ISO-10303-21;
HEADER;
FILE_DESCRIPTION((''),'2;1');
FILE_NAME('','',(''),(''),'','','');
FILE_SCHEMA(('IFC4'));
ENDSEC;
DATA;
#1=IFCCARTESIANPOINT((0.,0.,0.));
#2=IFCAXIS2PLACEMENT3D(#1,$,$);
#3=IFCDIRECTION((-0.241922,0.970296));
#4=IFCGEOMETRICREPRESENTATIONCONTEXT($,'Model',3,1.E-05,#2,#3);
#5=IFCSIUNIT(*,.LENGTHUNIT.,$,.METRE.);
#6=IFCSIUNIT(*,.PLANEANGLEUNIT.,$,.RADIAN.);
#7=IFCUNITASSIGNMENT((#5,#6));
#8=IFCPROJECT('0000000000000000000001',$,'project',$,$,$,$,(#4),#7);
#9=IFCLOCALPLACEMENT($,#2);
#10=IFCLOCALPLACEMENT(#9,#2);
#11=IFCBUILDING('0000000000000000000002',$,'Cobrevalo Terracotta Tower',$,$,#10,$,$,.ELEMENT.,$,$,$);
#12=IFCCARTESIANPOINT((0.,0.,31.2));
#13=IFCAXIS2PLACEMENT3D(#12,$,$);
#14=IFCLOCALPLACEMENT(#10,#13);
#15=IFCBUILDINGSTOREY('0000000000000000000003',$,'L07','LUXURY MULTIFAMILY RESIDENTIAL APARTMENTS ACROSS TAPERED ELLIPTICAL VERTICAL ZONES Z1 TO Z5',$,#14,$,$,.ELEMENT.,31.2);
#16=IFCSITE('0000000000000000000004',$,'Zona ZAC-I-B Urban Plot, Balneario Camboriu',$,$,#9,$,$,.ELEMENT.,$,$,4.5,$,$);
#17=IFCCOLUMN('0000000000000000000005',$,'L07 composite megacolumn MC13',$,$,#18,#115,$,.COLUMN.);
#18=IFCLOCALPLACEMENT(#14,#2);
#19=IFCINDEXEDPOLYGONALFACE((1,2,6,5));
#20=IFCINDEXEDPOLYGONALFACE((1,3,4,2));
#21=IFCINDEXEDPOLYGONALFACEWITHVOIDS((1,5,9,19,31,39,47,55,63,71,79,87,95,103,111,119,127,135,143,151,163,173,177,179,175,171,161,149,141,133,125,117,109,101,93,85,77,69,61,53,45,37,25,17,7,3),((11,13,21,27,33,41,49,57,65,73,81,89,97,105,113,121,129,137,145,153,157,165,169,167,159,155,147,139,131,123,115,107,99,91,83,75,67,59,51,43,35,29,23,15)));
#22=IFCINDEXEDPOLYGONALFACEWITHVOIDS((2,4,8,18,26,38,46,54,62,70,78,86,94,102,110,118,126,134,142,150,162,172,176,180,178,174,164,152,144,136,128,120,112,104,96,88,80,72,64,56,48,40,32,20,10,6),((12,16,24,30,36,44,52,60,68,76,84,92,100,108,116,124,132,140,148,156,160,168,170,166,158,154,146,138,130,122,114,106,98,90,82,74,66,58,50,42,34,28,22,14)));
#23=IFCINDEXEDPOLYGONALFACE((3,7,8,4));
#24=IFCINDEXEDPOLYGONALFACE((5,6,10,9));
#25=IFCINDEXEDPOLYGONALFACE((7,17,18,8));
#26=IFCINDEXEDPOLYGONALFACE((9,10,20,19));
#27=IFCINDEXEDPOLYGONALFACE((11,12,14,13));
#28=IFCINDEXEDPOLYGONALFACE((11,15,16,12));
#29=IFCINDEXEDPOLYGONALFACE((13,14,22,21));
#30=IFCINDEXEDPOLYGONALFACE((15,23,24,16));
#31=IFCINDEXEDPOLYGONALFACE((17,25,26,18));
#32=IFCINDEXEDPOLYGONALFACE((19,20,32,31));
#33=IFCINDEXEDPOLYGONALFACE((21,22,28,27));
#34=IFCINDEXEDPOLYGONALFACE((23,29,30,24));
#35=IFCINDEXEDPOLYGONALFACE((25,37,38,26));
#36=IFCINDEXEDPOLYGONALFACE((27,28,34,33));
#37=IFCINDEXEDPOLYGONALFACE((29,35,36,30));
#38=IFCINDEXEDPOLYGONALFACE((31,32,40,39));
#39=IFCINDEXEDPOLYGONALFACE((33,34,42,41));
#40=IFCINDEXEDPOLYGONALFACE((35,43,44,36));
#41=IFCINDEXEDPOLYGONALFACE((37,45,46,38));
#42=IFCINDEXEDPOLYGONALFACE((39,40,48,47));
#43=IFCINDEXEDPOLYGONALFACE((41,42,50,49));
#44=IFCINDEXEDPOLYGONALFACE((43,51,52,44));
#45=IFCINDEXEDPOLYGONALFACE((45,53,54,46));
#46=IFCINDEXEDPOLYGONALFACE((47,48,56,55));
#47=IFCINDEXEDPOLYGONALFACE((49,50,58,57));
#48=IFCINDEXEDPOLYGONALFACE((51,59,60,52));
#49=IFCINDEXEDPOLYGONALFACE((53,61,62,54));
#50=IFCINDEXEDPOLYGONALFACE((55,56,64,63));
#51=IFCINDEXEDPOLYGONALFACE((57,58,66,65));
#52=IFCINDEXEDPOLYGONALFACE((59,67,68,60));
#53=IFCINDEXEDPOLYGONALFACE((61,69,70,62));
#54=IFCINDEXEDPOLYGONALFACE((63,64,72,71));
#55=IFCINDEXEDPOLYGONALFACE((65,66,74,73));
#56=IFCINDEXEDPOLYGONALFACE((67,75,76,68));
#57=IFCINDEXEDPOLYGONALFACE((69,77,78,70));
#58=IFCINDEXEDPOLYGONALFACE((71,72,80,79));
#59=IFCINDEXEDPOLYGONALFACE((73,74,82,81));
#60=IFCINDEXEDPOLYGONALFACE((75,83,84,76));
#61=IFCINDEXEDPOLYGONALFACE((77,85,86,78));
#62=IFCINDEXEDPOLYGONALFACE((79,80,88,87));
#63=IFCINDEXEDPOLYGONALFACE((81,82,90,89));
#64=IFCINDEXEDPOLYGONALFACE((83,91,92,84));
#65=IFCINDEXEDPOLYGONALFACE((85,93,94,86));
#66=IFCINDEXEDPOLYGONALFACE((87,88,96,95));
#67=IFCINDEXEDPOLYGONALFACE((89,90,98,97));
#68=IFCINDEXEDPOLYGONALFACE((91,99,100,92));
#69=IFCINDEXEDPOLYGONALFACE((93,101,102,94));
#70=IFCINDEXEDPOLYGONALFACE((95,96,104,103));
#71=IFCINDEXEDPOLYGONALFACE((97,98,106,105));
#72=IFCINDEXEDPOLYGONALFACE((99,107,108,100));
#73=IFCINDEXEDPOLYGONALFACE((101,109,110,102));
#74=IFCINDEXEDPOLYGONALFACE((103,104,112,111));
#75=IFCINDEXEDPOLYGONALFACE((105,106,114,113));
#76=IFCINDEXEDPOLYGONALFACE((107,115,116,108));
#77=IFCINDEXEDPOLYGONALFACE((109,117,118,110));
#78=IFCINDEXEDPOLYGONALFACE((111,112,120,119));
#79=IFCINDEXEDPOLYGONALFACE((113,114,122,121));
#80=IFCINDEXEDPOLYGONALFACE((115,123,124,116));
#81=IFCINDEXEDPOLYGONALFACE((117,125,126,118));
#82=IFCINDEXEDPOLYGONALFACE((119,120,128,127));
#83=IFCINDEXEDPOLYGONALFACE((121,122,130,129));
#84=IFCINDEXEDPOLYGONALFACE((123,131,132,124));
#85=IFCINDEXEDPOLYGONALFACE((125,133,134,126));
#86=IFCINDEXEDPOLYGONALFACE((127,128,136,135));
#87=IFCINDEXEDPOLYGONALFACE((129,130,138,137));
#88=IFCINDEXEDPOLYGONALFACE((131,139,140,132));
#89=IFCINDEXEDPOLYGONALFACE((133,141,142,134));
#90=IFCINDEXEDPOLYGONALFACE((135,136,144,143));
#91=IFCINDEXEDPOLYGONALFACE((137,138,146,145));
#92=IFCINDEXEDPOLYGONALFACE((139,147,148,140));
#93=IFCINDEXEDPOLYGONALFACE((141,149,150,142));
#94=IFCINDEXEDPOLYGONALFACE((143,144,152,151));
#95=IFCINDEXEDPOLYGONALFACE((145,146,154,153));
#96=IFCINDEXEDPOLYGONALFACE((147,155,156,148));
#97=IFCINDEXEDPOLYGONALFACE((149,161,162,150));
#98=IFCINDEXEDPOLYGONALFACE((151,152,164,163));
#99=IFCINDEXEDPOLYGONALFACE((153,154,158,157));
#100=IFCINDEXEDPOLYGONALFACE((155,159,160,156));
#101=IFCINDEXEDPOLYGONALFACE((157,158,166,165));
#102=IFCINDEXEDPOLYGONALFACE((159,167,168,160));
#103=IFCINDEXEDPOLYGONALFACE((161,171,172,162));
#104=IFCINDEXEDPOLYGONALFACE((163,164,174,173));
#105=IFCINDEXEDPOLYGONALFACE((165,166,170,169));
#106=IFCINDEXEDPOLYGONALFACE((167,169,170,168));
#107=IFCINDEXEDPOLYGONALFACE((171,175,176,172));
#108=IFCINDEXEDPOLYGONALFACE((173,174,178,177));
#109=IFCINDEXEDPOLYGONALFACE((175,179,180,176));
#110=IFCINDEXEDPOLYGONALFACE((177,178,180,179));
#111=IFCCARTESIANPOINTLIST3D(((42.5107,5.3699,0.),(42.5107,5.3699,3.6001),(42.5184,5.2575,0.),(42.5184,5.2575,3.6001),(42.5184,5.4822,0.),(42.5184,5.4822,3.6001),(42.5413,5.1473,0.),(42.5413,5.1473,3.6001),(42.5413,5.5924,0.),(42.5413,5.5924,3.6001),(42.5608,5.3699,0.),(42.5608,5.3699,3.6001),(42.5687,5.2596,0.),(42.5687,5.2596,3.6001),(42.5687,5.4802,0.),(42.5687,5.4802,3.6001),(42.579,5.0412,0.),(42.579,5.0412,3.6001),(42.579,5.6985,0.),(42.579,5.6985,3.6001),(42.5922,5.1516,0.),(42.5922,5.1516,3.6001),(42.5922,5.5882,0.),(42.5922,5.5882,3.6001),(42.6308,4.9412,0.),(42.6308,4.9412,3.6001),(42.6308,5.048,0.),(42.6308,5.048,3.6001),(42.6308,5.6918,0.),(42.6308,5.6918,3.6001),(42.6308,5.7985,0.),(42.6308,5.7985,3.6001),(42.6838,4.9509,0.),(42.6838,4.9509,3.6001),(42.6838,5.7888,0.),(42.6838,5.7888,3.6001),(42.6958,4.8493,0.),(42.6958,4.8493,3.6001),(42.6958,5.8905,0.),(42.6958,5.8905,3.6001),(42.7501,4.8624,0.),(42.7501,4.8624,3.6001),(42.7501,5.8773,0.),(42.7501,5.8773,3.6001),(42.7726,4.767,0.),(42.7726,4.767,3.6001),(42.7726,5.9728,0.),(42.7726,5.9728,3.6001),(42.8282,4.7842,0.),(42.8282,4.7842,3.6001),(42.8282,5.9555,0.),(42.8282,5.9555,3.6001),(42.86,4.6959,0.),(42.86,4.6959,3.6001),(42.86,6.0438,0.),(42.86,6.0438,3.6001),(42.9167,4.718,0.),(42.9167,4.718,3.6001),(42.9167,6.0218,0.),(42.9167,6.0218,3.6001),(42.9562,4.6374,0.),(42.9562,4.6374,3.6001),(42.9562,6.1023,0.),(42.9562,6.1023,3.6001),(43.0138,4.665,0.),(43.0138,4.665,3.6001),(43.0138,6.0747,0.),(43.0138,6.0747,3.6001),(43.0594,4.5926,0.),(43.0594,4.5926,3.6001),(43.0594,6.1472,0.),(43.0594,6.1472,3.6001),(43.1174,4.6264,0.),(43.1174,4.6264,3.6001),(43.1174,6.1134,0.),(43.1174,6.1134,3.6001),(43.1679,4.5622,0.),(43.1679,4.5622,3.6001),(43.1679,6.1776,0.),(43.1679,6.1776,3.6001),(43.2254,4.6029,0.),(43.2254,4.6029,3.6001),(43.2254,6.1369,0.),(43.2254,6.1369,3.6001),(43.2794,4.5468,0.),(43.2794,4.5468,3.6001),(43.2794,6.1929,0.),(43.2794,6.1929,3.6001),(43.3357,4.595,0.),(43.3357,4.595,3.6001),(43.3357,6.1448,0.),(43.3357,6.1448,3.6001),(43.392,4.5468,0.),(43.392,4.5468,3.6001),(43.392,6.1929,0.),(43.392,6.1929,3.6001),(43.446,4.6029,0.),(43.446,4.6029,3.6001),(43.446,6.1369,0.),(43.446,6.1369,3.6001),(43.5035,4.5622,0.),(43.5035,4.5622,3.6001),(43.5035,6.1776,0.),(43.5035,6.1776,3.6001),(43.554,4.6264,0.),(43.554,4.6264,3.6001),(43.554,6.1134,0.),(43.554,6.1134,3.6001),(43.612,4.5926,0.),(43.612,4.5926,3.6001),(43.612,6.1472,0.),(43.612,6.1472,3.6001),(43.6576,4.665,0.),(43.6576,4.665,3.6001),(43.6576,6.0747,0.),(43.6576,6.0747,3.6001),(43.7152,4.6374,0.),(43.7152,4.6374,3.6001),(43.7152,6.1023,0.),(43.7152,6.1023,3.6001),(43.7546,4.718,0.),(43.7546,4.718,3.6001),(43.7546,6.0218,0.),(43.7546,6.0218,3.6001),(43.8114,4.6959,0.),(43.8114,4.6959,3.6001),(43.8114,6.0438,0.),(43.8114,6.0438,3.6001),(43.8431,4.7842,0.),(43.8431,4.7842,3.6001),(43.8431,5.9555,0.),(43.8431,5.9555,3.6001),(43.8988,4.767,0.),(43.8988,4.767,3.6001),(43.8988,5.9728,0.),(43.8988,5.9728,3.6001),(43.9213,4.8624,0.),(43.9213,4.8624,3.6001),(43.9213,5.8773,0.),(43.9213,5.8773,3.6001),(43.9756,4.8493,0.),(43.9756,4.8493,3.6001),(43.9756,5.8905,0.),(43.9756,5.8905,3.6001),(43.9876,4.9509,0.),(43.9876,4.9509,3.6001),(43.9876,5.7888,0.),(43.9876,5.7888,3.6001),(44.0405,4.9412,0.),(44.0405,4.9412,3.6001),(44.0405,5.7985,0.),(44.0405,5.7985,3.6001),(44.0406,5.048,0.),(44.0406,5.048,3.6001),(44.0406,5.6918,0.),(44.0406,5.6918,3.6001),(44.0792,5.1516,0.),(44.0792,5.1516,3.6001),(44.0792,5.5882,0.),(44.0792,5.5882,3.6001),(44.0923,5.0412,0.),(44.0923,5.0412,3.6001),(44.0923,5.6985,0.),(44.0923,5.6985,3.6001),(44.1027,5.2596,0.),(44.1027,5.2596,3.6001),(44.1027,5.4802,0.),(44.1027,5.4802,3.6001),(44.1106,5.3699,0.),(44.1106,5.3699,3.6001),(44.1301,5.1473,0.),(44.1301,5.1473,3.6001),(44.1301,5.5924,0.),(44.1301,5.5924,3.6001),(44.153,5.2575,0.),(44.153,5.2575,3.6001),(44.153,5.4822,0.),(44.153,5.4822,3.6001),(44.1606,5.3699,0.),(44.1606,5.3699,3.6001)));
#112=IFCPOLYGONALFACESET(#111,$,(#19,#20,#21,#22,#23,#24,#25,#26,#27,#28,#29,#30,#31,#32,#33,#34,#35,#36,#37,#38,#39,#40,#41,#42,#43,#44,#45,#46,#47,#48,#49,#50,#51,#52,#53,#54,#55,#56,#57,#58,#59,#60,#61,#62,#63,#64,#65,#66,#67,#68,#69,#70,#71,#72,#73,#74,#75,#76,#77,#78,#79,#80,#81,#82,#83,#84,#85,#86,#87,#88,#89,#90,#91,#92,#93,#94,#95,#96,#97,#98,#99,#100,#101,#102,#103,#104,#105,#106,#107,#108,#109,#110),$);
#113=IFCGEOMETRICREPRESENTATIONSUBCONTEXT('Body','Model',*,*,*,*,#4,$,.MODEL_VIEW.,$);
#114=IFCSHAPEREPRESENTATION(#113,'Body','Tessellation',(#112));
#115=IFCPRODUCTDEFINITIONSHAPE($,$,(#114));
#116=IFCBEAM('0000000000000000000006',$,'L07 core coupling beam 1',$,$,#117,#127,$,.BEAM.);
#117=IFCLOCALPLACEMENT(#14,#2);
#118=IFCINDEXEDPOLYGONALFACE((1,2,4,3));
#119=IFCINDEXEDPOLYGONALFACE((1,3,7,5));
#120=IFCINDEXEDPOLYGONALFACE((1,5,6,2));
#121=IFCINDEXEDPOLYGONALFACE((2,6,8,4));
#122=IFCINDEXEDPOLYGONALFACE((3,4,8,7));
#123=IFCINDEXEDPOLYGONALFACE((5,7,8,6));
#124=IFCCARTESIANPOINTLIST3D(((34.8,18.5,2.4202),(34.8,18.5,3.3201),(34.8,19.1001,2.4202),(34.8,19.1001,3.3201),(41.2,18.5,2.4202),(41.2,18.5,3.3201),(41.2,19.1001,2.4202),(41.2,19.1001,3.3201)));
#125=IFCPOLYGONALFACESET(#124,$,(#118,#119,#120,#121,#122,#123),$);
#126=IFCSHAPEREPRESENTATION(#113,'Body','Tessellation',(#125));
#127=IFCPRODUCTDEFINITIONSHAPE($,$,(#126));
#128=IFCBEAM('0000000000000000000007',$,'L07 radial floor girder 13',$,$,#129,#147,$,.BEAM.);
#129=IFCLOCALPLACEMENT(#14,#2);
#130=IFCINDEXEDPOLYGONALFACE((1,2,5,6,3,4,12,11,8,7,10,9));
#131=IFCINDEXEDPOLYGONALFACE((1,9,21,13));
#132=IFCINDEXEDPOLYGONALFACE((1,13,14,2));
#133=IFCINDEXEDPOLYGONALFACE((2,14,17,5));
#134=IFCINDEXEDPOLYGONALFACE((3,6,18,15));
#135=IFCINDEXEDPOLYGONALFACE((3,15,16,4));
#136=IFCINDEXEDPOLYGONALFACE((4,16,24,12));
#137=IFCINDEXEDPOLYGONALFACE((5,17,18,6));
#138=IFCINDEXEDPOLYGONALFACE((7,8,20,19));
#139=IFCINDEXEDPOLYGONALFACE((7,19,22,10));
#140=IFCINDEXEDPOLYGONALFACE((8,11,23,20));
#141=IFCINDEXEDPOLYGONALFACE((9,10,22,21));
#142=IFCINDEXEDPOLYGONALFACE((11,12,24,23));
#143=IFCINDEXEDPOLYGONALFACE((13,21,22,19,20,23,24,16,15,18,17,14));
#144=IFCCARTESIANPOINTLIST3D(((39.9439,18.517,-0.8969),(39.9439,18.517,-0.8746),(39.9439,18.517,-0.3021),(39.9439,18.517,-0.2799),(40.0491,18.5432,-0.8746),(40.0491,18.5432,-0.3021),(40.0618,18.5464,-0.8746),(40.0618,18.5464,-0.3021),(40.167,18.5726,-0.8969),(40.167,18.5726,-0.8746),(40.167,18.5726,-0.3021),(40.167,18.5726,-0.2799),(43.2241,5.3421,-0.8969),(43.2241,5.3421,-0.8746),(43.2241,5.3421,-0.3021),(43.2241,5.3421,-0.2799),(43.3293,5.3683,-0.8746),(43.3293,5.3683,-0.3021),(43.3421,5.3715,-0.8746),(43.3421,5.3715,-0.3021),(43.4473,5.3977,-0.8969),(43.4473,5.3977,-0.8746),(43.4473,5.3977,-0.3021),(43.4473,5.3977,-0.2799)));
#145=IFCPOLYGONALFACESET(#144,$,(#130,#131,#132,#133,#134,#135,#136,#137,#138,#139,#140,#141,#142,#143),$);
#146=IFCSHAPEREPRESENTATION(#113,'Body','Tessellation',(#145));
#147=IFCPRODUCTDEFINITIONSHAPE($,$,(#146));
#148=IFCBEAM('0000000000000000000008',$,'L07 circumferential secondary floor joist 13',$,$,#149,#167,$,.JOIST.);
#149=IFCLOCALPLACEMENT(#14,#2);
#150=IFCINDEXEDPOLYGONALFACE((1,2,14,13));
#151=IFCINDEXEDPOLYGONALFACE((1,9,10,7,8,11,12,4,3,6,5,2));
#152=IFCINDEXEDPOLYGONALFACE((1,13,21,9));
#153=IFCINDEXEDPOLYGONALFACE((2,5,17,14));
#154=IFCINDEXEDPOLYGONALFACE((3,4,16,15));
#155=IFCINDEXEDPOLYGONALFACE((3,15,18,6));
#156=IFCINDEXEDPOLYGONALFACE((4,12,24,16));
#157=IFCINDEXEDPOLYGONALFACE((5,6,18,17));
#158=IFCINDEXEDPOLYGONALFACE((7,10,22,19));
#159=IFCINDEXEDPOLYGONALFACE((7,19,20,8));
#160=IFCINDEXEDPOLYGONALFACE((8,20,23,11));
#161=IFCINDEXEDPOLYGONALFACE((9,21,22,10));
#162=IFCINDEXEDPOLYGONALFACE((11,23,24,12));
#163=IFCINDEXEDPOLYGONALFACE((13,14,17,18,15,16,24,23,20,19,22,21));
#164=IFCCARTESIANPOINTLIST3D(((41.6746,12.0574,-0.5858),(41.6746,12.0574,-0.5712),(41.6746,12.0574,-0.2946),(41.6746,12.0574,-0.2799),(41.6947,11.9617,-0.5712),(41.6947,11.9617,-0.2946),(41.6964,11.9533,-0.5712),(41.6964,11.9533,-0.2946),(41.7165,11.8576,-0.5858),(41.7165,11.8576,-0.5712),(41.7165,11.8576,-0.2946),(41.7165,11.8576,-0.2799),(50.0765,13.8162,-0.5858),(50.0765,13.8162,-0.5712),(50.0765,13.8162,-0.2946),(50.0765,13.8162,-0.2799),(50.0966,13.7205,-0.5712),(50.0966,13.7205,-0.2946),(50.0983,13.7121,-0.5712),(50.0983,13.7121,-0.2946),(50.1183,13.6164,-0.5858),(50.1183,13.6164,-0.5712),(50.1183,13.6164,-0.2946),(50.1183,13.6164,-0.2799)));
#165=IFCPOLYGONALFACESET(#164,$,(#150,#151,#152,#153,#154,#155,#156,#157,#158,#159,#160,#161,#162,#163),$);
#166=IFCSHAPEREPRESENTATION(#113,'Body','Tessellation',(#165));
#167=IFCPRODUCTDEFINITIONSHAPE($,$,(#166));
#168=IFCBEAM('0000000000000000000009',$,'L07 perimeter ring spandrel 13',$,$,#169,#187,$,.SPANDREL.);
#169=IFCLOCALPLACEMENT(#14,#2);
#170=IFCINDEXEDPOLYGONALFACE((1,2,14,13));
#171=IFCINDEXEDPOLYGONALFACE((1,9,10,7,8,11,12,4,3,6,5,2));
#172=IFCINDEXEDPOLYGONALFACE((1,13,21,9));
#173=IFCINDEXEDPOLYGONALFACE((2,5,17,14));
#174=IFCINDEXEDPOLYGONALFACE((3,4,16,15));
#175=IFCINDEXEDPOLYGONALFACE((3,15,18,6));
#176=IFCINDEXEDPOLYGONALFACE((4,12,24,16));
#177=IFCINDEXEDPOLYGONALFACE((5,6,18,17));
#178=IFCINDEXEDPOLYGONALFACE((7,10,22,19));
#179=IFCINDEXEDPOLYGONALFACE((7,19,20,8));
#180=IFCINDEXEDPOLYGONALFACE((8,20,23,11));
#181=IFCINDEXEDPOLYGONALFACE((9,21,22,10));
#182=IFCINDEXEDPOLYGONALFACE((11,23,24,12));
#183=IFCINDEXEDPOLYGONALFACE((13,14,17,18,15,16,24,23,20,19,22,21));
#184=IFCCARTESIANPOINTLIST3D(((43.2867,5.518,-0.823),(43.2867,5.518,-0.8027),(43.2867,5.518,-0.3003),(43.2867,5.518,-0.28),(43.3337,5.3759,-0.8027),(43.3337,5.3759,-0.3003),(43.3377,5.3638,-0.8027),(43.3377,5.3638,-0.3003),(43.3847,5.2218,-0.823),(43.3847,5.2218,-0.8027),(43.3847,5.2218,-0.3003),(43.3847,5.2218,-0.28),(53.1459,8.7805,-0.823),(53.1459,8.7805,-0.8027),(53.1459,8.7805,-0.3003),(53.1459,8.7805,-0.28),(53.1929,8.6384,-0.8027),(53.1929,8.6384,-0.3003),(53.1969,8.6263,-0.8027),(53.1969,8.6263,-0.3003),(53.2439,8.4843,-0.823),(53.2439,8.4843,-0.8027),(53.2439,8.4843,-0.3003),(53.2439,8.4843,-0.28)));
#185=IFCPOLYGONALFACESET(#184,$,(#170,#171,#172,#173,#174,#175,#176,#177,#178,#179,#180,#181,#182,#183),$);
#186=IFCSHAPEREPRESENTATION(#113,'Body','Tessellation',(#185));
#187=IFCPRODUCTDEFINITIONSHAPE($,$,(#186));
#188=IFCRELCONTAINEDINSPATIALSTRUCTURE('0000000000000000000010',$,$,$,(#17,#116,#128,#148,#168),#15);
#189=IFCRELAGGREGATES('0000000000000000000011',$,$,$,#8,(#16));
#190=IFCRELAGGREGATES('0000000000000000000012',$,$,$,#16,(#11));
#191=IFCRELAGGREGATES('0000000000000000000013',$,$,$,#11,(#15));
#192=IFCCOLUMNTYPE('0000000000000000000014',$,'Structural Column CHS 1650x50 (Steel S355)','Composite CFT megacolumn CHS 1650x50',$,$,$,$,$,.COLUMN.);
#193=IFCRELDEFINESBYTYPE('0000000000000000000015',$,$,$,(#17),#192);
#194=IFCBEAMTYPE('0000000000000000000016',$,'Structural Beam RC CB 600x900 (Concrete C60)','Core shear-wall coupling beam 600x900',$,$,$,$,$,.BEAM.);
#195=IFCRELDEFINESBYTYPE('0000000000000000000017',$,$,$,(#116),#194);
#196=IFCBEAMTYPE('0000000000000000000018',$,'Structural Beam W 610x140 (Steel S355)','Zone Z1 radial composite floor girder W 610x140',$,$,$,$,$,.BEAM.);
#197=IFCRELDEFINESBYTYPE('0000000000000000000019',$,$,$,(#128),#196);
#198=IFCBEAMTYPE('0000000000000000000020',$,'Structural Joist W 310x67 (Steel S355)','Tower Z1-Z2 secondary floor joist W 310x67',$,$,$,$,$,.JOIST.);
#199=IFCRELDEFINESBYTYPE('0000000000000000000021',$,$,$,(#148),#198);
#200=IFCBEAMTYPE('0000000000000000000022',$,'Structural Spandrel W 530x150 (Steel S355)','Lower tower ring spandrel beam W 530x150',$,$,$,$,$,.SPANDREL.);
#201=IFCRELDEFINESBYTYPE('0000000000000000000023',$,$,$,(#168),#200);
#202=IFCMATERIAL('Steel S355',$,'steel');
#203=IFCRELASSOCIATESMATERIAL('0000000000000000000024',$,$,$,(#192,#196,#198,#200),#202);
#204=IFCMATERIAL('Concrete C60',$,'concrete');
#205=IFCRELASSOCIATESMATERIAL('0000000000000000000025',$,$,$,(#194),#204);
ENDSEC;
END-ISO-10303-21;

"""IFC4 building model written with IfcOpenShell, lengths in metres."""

from ifc_helpers import new_model, si_unit, direction, frame, origin, origin_2d, place, context, subcontext, project, spatial, rectangle, hollow_circle, i_section, extrude, material, material_profile, profile_set, type_object, element, save


model = new_model("IFC4")

# Units and contexts
model_context = context("Model", 3, precision=1e-05, world=origin(), true_north=direction((-0.241922, 0.970296)))
body_context = subcontext(model_context, "Body", "Model", "MODEL_VIEW")
ifc_project = project(units=[si_unit("LENGTHUNIT", "METRE"), si_unit("PLANEANGLEUNIT", "RADIAN")], contexts=[model_context])

# Site, building, storey
site_placement = place(None, origin())
site = spatial("IfcSite", under=ifc_project, at=site_placement, Name="Zona ZAC-I-B Urban Plot, Balneario Camboriu", CompositionType="ELEMENT", RefElevation=4.5)
building_placement = place(site_placement, origin())
building = spatial("IfcBuilding", under=site, at=building_placement, Name="Cobrevalo Terracotta Tower", CompositionType="ELEMENT")
storey_placement = place(building_placement, frame((0.0, 0.0, 31.2)))
storey = spatial("IfcBuildingStorey", under=building, at=storey_placement, Name="L07", Description="LUXURY MULTIFAMILY RESIDENTIAL APARTMENTS ACROSS TAPERED ELLIPTICAL VERTICAL ZONES Z1 TO Z5", CompositionType="ELEMENT", Elevation=31.2)

# Column
ifc_material_1 = material(Name="Steel S355", Category="steel")
ifc_material_profile_1 = material_profile(ifc_material_1, hollow_circle(Radius=0.825, WallThickness=0.05, at=origin_2d()), Name="CHS 1650x50")
ifc_profile_set_1 = profile_set([ifc_material_profile_1], Name="Steel S355")
column_type = type_object("IfcColumnType", Name="Structural Column CHS 1650x50 (Steel S355)", Description="Composite CFT megacolumn CHS 1650x50", PredefinedType="COLUMN", material=ifc_profile_set_1)
column_placement = place(storey_placement, frame((43.3357, 5.3699, 0.0), z_axis=(0.0, 0.0, 1.0), x_axis=(1.0, 0.0, 0.0)))
element("IfcColumn", 1, at=column_placement, inside=storey, type_object=column_type, Name="L07 composite megacolumn MC13", PredefinedType="COLUMN", context=body_context, shape_type="SweptSolid", body=[
    extrude(hollow_circle(Radius=0.825, WallThickness=0.05, at=origin_2d()), origin(), (0.0, 0.0, 1.0), 3.6001),
])

# Beams
ifc_material_2 = material(Name="Concrete C60", Category="concrete")
ifc_material_profile_2 = material_profile(ifc_material_2, rectangle(XDim=0.6001, YDim=0.8999, at=origin_2d()), Name="RC CB 600x900")
ifc_profile_set_2 = profile_set([ifc_material_profile_2], Name="Concrete C60")
beam_type_1 = type_object("IfcBeamType", Name="Structural Beam RC CB 600x900 (Concrete C60)", Description="Core shear-wall coupling beam 600x900", PredefinedType="BEAM", material=ifc_profile_set_2)
beam_1_placement = place(storey_placement, frame((34.8, 18.8, 2.8701), z_axis=(1.0, 0.0, 0.0), x_axis=(0.0, 1.0, 0.0)))
element("IfcBeam", 2, at=beam_1_placement, inside=storey, type_object=beam_type_1, Name="L07 core coupling beam 1", PredefinedType="BEAM", context=body_context, shape_type="SweptSolid", body=[
    extrude(rectangle(XDim=0.6001, YDim=0.8999, at=origin_2d()), origin(), (0.0, 0.0, 1.0), 6.3999),
])
ifc_material_profile_3 = material_profile(ifc_material_1, i_section(OverallWidth=0.23, OverallDepth=0.6169, WebThickness=0.0132, FlangeThickness=0.0222, at=origin_2d()), Name="W 610x140")
ifc_profile_set_3 = profile_set([ifc_material_profile_3], Name="Steel S355")
beam_type_2 = type_object("IfcBeamType", Name="Structural Beam W 610x140 (Steel S355)", Description="Zone Z1 radial composite floor girder W 610x140", PredefinedType="BEAM", material=ifc_profile_set_3)
beam_2_placement = place(storey_placement, frame((43.3357, 5.3699, -0.5884), z_axis=(-0.2416, 0.970376, 0.0), x_axis=(-0.970376, -0.2416, 0.0)))
element("IfcBeam", 3, at=beam_2_placement, inside=storey, type_object=beam_type_2, Name="L07 radial floor girder 13", PredefinedType="BEAM", context=body_context, shape_type="SweptSolid", body=[
    extrude(i_section(OverallWidth=0.23, OverallDepth=0.6169, WebThickness=0.0132, FlangeThickness=0.0222, at=origin_2d()), origin(), (0.0, 0.0, 1.0), 13.5771),
])
ifc_material_profile_4 = material_profile(ifc_material_1, i_section(OverallWidth=0.2041, OverallDepth=0.3059, WebThickness=0.0085, FlangeThickness=0.0146, at=origin_2d()), Name="W 310x67")
ifc_profile_set_4 = profile_set([ifc_material_profile_4], Name="Steel S355")
beam_type_3 = type_object("IfcBeamType", Name="Structural Joist W 310x67 (Steel S355)", Description="Tower Z1-Z2 secondary floor joist W 310x67", PredefinedType="JOIST", material=ifc_profile_set_4)
beam_3_placement = place(storey_placement, frame((41.6956, 11.9575, -0.4329), z_axis=(0.978785, 0.204892, 0.0), x_axis=(-0.204892, 0.978785, 0.0)))
element("IfcBeam", 4, at=beam_3_placement, inside=storey, type_object=beam_type_3, Name="L07 circumferential secondary floor joist 13", PredefinedType="JOIST", context=body_context, shape_type="SweptSolid", body=[
    extrude(i_section(OverallWidth=0.2041, OverallDepth=0.3059, WebThickness=0.0085, FlangeThickness=0.0146, at=origin_2d()), origin(), (0.0, 0.0, 1.0), 8.584),
])
ifc_material_profile_5 = material_profile(ifc_material_1, i_section(OverallWidth=0.312, OverallDepth=0.543, WebThickness=0.0127, FlangeThickness=0.0203, at=origin_2d()), Name="W 530x150")
ifc_profile_set_5 = profile_set([ifc_material_profile_5], Name="Steel S355")
beam_type_4 = type_object("IfcBeamType", Name="Structural Spandrel W 530x150 (Steel S355)", Description="Lower tower ring spandrel beam W 530x150", PredefinedType="SPANDREL", material=ifc_profile_set_5)
beam_4_placement = place(storey_placement, frame((43.3357, 5.3699, -0.5515), z_axis=(0.949372, 0.314153, 0.0), x_axis=(-0.314153, 0.949372, 0.0)))
element("IfcBeam", 5, at=beam_4_placement, inside=storey, type_object=beam_type_4, Name="L07 perimeter ring spandrel 13", PredefinedType="SPANDREL", context=body_context, shape_type="SweptSolid", body=[
    extrude(i_section(OverallWidth=0.312, OverallDepth=0.543, WebThickness=0.0127, FlangeThickness=0.0203, at=origin_2d()), origin(), (0.0, 0.0, 1.0), 10.385),
])

save(model, "model.ifc")
